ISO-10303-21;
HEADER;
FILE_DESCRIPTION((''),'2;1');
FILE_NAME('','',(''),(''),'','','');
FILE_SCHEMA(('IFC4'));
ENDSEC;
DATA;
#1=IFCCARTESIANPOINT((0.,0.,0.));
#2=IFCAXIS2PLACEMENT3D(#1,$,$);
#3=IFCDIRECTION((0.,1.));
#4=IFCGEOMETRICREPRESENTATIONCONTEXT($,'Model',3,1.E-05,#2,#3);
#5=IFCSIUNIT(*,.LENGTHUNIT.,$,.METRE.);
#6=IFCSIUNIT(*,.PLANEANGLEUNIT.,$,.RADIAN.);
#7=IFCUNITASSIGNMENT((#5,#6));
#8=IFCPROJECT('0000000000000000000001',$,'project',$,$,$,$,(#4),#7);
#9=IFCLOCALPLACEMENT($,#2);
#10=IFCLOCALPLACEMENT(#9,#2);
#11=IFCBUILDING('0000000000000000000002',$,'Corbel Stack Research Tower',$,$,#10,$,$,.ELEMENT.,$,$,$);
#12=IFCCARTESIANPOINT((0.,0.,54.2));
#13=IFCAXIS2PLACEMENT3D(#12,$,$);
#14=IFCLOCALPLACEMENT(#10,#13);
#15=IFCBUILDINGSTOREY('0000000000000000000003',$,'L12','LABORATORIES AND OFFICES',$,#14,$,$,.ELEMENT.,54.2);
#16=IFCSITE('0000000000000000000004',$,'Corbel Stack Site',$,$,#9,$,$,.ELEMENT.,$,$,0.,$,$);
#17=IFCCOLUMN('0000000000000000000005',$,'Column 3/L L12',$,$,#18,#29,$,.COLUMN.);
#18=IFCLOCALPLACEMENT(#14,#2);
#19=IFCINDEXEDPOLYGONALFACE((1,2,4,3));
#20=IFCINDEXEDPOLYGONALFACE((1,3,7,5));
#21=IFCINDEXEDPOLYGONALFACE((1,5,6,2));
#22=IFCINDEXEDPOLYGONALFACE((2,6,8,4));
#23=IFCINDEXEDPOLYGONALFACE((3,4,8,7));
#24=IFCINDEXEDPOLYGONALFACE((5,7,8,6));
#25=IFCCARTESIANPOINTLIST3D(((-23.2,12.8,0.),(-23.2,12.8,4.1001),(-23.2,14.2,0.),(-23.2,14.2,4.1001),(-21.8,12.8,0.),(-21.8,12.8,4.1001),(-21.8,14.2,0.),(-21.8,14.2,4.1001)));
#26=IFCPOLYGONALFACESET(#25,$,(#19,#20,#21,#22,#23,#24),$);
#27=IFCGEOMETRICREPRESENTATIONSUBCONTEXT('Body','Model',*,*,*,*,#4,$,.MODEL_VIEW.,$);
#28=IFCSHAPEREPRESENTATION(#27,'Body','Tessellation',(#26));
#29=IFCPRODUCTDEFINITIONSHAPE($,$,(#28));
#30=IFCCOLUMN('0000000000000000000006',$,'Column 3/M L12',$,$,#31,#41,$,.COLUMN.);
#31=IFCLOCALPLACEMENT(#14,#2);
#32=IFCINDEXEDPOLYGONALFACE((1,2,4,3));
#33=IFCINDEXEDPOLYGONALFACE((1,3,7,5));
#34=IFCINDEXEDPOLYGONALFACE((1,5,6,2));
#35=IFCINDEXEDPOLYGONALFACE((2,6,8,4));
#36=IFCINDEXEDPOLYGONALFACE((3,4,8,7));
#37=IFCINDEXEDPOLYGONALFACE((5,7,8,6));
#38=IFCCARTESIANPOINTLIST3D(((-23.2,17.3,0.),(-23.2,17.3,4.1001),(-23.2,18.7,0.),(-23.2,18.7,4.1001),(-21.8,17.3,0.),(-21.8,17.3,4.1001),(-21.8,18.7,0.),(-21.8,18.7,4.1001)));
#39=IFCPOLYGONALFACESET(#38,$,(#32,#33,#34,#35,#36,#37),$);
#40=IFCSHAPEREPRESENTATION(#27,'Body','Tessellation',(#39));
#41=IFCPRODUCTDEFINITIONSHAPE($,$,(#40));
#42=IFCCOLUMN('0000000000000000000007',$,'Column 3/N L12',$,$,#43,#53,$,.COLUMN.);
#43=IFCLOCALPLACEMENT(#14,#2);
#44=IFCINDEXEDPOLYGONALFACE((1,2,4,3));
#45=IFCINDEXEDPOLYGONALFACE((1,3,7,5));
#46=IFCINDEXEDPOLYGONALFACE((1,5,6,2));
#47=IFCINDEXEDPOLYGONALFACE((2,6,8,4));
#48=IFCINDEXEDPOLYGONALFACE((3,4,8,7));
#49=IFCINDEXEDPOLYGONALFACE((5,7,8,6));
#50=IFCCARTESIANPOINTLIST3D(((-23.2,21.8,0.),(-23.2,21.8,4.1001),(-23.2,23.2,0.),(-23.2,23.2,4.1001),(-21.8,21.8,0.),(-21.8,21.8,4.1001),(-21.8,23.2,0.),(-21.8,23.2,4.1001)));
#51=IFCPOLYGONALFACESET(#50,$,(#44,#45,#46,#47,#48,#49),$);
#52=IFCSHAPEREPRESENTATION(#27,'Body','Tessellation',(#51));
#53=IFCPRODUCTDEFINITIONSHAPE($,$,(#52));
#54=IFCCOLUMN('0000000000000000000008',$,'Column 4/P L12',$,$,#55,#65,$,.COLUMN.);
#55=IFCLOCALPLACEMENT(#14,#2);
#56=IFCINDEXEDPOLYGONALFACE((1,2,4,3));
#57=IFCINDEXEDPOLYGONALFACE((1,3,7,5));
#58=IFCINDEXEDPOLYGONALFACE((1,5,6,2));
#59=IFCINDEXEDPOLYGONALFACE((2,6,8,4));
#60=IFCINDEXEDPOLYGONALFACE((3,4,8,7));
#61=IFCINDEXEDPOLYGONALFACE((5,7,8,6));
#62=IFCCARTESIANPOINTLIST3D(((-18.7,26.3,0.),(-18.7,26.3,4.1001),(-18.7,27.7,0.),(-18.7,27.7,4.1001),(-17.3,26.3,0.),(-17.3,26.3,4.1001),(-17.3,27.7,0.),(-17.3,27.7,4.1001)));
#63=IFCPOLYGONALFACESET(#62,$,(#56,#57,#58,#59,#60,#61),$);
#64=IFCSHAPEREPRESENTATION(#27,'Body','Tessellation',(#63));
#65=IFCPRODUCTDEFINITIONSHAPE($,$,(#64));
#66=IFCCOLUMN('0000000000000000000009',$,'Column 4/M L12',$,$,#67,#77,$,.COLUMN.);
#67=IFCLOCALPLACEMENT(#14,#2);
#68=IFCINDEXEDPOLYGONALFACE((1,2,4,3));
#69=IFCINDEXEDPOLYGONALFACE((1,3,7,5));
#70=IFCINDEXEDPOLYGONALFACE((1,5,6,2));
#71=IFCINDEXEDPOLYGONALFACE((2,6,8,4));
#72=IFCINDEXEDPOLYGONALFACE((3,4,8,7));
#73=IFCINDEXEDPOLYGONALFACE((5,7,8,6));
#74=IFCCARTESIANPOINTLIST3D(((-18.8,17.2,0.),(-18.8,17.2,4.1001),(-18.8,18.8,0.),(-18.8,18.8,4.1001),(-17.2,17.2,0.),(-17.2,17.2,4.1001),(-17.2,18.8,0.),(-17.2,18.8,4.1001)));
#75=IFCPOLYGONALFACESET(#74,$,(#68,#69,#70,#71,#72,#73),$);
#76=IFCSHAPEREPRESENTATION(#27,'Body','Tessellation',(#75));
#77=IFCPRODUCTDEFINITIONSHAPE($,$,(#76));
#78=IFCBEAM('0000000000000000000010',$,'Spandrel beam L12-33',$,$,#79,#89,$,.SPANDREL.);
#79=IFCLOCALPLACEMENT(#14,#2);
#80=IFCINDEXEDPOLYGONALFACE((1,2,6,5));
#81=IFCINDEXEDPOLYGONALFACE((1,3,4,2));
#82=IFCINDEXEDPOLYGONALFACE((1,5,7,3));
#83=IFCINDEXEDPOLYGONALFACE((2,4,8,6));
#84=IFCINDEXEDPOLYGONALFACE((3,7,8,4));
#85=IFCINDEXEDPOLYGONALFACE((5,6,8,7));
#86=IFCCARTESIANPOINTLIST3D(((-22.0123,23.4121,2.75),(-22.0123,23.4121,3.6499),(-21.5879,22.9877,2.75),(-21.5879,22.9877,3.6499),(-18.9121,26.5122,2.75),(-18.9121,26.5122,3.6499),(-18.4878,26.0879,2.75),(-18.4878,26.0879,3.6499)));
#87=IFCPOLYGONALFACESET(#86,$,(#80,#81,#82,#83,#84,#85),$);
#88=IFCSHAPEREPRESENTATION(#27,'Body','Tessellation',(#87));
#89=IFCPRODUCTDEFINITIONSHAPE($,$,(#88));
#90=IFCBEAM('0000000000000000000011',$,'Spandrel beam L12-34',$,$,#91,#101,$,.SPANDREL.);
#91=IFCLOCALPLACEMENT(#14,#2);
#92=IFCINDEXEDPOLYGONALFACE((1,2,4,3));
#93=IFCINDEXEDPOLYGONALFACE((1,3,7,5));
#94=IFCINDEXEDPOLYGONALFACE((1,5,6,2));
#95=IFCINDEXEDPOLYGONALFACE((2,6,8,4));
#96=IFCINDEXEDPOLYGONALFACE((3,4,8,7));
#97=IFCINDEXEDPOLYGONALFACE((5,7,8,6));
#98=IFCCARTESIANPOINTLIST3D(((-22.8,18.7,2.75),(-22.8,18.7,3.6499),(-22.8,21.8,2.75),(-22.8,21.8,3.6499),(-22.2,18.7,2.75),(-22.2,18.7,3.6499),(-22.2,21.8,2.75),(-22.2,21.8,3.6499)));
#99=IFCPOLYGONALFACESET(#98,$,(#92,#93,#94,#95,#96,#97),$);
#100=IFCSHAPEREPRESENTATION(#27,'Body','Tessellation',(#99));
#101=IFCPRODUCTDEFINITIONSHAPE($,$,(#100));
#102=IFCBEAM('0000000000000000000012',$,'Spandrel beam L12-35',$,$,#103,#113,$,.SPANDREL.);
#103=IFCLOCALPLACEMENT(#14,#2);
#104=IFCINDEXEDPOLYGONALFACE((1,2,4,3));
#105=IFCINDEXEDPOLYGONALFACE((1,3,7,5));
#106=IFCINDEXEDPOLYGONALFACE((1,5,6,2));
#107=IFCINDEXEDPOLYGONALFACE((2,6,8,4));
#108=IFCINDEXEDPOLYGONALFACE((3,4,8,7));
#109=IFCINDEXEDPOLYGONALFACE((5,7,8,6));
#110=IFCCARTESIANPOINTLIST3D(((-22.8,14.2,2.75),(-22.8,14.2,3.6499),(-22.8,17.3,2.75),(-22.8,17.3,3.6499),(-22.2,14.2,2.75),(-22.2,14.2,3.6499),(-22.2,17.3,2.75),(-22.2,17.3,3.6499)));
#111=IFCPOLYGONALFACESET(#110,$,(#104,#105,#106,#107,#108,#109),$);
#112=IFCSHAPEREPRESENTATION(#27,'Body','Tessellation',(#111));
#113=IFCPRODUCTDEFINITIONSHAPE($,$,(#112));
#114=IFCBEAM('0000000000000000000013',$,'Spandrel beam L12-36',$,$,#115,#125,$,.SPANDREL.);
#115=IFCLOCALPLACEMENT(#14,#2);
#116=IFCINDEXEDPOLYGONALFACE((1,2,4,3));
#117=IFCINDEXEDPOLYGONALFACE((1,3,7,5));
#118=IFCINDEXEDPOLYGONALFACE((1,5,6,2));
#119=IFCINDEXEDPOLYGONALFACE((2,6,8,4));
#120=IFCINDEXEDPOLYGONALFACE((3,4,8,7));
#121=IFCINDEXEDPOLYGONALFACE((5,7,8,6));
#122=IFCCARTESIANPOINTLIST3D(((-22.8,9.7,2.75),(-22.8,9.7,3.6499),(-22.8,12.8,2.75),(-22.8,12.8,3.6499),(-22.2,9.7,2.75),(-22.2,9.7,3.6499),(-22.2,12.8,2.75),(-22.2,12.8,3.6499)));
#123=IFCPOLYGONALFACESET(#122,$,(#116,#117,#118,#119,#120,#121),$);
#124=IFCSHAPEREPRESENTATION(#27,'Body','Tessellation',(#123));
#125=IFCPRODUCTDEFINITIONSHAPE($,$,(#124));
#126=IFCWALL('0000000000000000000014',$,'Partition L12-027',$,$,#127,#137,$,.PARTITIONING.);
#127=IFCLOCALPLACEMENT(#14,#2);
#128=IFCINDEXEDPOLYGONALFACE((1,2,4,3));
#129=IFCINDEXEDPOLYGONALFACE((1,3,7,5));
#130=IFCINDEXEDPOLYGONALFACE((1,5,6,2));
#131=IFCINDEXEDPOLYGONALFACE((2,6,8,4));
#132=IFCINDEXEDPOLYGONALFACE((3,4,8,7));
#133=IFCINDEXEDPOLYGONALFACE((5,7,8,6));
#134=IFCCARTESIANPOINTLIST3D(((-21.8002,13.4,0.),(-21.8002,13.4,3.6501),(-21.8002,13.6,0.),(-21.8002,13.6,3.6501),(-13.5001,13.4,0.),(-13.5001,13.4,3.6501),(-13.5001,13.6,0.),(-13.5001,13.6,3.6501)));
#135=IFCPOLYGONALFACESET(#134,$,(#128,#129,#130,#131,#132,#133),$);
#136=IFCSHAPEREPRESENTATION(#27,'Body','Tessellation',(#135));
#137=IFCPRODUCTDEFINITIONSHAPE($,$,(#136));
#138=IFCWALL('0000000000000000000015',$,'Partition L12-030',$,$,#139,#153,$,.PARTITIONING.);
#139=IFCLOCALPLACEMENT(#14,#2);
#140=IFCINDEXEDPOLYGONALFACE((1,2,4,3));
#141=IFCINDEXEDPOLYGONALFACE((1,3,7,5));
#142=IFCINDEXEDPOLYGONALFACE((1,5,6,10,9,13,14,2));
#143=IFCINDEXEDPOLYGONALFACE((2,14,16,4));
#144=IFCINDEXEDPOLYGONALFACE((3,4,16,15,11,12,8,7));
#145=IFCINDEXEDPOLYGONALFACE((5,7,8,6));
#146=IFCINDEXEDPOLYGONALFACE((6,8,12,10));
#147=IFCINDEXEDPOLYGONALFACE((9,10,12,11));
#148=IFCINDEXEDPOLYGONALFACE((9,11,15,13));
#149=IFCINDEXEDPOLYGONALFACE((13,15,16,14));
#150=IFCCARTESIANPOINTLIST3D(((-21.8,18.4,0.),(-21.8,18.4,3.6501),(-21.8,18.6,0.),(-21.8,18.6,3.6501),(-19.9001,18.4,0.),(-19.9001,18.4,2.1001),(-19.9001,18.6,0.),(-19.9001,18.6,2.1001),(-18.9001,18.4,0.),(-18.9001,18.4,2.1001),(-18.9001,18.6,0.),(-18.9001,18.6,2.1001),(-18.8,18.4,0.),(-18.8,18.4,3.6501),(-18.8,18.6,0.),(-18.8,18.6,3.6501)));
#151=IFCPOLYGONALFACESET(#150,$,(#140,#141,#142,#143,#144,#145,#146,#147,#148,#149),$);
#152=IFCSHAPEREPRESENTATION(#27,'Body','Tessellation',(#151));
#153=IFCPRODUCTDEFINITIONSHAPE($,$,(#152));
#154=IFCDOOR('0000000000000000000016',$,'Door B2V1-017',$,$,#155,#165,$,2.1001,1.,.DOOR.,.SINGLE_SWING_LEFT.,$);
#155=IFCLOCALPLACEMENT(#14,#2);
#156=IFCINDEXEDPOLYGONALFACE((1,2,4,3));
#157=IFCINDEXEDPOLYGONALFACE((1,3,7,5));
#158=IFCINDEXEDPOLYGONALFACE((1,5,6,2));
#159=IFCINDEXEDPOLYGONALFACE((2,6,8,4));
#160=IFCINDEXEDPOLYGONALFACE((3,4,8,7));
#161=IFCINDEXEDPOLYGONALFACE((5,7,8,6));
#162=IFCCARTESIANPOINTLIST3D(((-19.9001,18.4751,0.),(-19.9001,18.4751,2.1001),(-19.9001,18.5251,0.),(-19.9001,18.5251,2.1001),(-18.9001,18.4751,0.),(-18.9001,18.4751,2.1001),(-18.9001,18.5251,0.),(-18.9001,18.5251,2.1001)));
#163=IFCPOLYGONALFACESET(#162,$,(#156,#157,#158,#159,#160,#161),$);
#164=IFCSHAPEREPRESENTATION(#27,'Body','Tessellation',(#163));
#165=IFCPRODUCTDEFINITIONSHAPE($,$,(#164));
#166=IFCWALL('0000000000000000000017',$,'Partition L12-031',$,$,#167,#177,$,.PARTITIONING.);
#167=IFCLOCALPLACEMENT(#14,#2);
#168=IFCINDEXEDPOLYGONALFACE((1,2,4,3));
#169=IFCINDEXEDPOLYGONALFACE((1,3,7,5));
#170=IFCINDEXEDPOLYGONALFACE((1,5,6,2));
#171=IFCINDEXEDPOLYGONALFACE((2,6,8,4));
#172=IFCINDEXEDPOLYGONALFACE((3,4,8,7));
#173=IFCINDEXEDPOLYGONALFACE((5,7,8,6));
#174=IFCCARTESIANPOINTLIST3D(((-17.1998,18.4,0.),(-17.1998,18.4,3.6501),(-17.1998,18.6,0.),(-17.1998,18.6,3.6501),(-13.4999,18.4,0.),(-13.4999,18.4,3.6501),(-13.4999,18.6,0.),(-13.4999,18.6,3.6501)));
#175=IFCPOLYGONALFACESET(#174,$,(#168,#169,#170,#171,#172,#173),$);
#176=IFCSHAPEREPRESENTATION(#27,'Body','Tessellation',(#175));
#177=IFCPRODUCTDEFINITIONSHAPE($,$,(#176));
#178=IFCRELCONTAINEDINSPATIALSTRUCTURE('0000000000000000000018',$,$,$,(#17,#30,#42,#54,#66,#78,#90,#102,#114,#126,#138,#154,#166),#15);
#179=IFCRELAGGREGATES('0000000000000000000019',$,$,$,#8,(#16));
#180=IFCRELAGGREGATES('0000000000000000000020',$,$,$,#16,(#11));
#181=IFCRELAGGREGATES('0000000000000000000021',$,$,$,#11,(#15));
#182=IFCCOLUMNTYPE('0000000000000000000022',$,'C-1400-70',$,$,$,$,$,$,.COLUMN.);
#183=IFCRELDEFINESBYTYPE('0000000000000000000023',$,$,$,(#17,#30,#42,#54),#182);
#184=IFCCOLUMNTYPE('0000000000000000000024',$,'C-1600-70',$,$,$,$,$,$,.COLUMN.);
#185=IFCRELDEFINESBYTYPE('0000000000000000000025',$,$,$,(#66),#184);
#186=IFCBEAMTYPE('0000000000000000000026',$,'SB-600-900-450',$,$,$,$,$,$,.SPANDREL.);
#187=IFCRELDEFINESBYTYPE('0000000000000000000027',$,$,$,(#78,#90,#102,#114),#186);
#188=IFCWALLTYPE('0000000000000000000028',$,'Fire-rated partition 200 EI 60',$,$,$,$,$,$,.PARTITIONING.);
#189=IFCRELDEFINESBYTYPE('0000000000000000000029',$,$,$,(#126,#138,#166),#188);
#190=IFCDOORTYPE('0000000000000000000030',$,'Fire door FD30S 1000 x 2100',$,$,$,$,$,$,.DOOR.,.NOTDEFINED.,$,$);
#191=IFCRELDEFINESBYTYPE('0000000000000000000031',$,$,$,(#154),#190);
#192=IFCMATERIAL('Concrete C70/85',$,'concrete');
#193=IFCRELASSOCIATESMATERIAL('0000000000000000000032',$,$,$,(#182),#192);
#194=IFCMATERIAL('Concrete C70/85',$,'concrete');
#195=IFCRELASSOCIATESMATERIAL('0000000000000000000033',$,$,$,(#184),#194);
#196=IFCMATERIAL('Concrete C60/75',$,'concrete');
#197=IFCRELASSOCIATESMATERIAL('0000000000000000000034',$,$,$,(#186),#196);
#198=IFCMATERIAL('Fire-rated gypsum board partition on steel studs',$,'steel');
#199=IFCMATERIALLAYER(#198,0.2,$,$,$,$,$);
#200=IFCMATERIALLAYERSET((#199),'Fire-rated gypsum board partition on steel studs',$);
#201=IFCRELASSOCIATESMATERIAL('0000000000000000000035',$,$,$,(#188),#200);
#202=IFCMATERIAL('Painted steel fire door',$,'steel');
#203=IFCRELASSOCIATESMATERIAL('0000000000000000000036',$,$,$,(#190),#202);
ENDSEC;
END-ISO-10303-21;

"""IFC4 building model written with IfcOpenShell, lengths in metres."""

from ifc_helpers import new_model, si_unit, direction, frame, frame_2d, origin, origin_2d, place, context, subcontext, project, spatial, rectangle, extrude, material, layer, layer_set, material_profile, profile_set, type_object, element, fill, save


model = new_model("IFC4")

# Units and contexts
model_context = context("Model", 3, precision=1e-05, world=origin(), true_north=direction((0.0, 1.0)))
body_context = subcontext(model_context, "Body", "Model", "MODEL_VIEW")
ifc_project = project(units=[si_unit("LENGTHUNIT", "METRE"), si_unit("PLANEANGLEUNIT", "RADIAN")], contexts=[model_context])

# Site, building, storey
site_placement = place(None, origin())
site = spatial("IfcSite", under=ifc_project, at=site_placement, Name="Corbel Stack Site", CompositionType="ELEMENT", RefElevation=0.0)
building_placement = place(site_placement, origin())
building = spatial("IfcBuilding", under=site, at=building_placement, Name="Corbel Stack Research Tower", CompositionType="ELEMENT")
storey_placement = place(building_placement, frame((0.0, 0.0, 54.2)))
storey = spatial("IfcBuildingStorey", under=building, at=storey_placement, Name="L12", Description="LABORATORIES AND OFFICES", CompositionType="ELEMENT", Elevation=54.2)

# Columns
ifc_material_1 = material(Name="Concrete C70/85", Category="concrete")
ifc_material_profile_1 = material_profile(ifc_material_1, rectangle(XDim=1.3999, YDim=1.3999, at=origin_2d()), Name="RC 1400 x 1400")
ifc_profile_set_1 = profile_set([ifc_material_profile_1], Name="Concrete C70/85")
column_type_1 = type_object("IfcColumnType", Name="C-1400-70", PredefinedType="COLUMN", material=ifc_profile_set_1)
for number, where, z_axis, x_axis, name in (
    (1, (-22.5, 13.5, 0.0), (0.0, 0.0, 1.0), (1.0, 0.0, 0.0), "Column 3/L L12"),
    (2, (-22.5, 18.0, 0.0), (0.0, 0.0, 1.0), (1.0, 0.0, 0.0), "Column 3/M L12"),
    (3, (-22.5, 22.5, 0.0), (0.0, 0.0, 1.0), (1.0, 0.0, 0.0), "Column 3/N L12"),
    (4, (-18.0, 27.0, 0.0), (0.0, 0.0, 1.0), (1.0, 0.0, 0.0), "Column 4/P L12"),
):
    element("IfcColumn", number, at=place(storey_placement, frame(where, z_axis=z_axis, x_axis=x_axis)), inside=storey, type_object=column_type_1, Name=name, PredefinedType="COLUMN", context=body_context, shape_type="SweptSolid", body=[
        extrude(rectangle(XDim=1.3999, YDim=1.3999, at=origin_2d()), origin(), (0.0, 0.0, 1.0), 4.1001),
    ])
ifc_material_2 = material(Name="Concrete C70/85", Category="concrete")
ifc_material_profile_2 = material_profile(ifc_material_2, rectangle(XDim=1.6001, YDim=1.6001, at=origin_2d()), Name="RC 1600 x 1600")
ifc_profile_set_2 = profile_set([ifc_material_profile_2], Name="Concrete C70/85")
column_type_2 = type_object("IfcColumnType", Name="C-1600-70", PredefinedType="COLUMN", material=ifc_profile_set_2)
column_placement = place(storey_placement, frame((-18.0, 18.0, 0.0), z_axis=(0.0, 0.0, 1.0), x_axis=(1.0, 0.0, 0.0)))
element("IfcColumn", 5, at=column_placement, inside=storey, type_object=column_type_2, Name="Column 4/M L12", PredefinedType="COLUMN", context=body_context, shape_type="SweptSolid", body=[
    extrude(rectangle(XDim=1.6001, YDim=1.6001, at=origin_2d()), origin(), (0.0, 0.0, 1.0), 4.1001),
])

# Beams
ifc_material_3 = material(Name="Concrete C60/75", Category="concrete")
ifc_material_profile_3 = material_profile(ifc_material_3, rectangle(XDim=0.6001, YDim=0.8999, at=origin_2d()), Name="RC 600 x 900")
ifc_profile_set_3 = profile_set([ifc_material_profile_3], Name="Concrete C60/75")
beam_type = type_object("IfcBeamType", Name="SB-600-900-450", PredefinedType="SPANDREL", material=ifc_profile_set_3)
beam_placement = place(storey_placement, frame((-18.7, 26.3, 3.2), z_axis=(-0.707107, -0.707107, 0.0), x_axis=(0.707107, -0.707107, 0.0)))
element("IfcBeam", 6, at=beam_placement, inside=storey, type_object=beam_type, Name="Spandrel beam L12-33", PredefinedType="SPANDREL", context=body_context, shape_type="SweptSolid", body=[
    extrude(rectangle(XDim=0.6001, YDim=0.8999, at=origin_2d()), origin(), (0.0, 0.0, 1.0), 4.3843),
])
for number, where, z_axis, x_axis, name in (
    (7, (-22.5, 21.8, 3.2), (0.0, -1.0, 0.0), (1.0, 0.0, 0.0), "Spandrel beam L12-34"),
    (8, (-22.5, 17.3, 3.2), (0.0, -1.0, 0.0), (1.0, 0.0, 0.0), "Spandrel beam L12-35"),
    (9, (-22.5, 12.8, 3.2), (0.0, -1.0, 0.0), (1.0, 0.0, 0.0), "Spandrel beam L12-36"),
):
    element("IfcBeam", number, at=place(storey_placement, frame(where, z_axis=z_axis, x_axis=x_axis)), inside=storey, type_object=beam_type, Name=name, PredefinedType="SPANDREL", context=body_context, shape_type="SweptSolid", body=[
        extrude(rectangle(XDim=0.6001, YDim=0.8999, at=origin_2d()), origin(), (0.0, 0.0, 1.0), 3.1001),
    ])

# Wall
ifc_material_4 = material(Name="Fire-rated gypsum board partition on steel studs", Category="steel")
ifc_layer_1 = layer(ifc_material_4, 0.2)
ifc_layer_set_1 = layer_set([ifc_layer_1], Name="Fire-rated gypsum board partition on steel studs")
wall_type_1 = type_object("IfcWallType", Name="Fire-rated partition 200 EI 60", PredefinedType="PARTITIONING", material=ifc_layer_set_1)
wall_1_placement = place(storey_placement, frame((-21.8, 13.5, 0.0), z_axis=(0.0, 0.0, 1.0), x_axis=(1.0, 0.0, 0.0)))
element("IfcWall", 10, at=wall_1_placement, inside=storey, type_object=wall_type_1, Name="Partition L12-027", PredefinedType="PARTITIONING", context=body_context, shape_type="SweptSolid", body=[
    extrude(rectangle(XDim=8.3, YDim=0.2, at=frame_2d((4.1499, 0.0))), origin(), (0.0, 0.0, 1.0), 3.6501),
])

# Wall, opening, door
wall_2_placement = place(storey_placement, frame((-18.8, 18.5, 0.0), z_axis=(0.0, 0.0, 1.0), x_axis=(-1.0, 0.0, 0.0)))
wall_2 = element("IfcWall", 11, at=wall_2_placement, inside=storey, type_object=wall_type_1, Name="Partition L12-030", PredefinedType="PARTITIONING", context=body_context, shape_type="SweptSolid", body=[
    extrude(rectangle(XDim=3.0, YDim=0.2, at=frame_2d((1.5, 0.0))), origin(), (0.0, 0.0, 1.0), 3.6501),
])
opening_1_placement = place(wall_2_placement, frame((0.1001, 0.0, 0.0)))
opening_1 = element("IfcOpeningElement", 12, at=opening_1_placement, cuts=wall_2, PredefinedType="OPENING", context=body_context, shape_type="SweptSolid", body=[
    extrude(rectangle(XDim=1.0, YDim=2.1001, at=frame_2d((0.5, 1.05))), frame((0.0, 0.1099, 0.0), z_axis=(0.0, -1.0, 0.0), x_axis=(1.0, 0.0, 0.0)), (0.0, 0.0, 1.0), 0.22),
])
ifc_material_5 = material(Name="Painted steel fire door", Category="steel")
door_type_1 = type_object("IfcDoorType", Name="Fire door FD30S 1000 x 2100", OperationType="NOTDEFINED", PredefinedType="DOOR", material=ifc_material_5)
door_1_placement = place(opening_1_placement, origin())
door_1 = element("IfcDoor", 13, at=door_1_placement, inside=storey, type_object=door_type_1, Name="Door B2V1-017", OperationType="SINGLE_SWING_LEFT", OverallHeight=2.1001, OverallWidth=1.0, PredefinedType="DOOR", context=body_context, shape_type="SweptSolid", body=[
    extrude(rectangle(XDim=1.0, YDim=2.1001, at=frame_2d((0.5, 1.05))), frame((0.0, 0.0249, 0.0), z_axis=(0.0, -1.0, 0.0), x_axis=(1.0, 0.0, 0.0)), (0.0, 0.0, 1.0), 0.05),
])
fill(opening_1, door_1)

# Wall
wall_3_placement = place(storey_placement, frame((-17.2, 18.5, 0.0), z_axis=(0.0, 0.0, 1.0), x_axis=(1.0, 0.0, 0.0)))
element("IfcWall", 14, at=wall_3_placement, inside=storey, type_object=wall_type_1, Name="Partition L12-031", PredefinedType="PARTITIONING", context=body_context, shape_type="SweptSolid", body=[
    extrude(rectangle(XDim=3.7, YDim=0.2, at=frame_2d((1.8501, 0.0))), origin(), (0.0, 0.0, 1.0), 3.6501),
])

save(model, "model.ifc")
